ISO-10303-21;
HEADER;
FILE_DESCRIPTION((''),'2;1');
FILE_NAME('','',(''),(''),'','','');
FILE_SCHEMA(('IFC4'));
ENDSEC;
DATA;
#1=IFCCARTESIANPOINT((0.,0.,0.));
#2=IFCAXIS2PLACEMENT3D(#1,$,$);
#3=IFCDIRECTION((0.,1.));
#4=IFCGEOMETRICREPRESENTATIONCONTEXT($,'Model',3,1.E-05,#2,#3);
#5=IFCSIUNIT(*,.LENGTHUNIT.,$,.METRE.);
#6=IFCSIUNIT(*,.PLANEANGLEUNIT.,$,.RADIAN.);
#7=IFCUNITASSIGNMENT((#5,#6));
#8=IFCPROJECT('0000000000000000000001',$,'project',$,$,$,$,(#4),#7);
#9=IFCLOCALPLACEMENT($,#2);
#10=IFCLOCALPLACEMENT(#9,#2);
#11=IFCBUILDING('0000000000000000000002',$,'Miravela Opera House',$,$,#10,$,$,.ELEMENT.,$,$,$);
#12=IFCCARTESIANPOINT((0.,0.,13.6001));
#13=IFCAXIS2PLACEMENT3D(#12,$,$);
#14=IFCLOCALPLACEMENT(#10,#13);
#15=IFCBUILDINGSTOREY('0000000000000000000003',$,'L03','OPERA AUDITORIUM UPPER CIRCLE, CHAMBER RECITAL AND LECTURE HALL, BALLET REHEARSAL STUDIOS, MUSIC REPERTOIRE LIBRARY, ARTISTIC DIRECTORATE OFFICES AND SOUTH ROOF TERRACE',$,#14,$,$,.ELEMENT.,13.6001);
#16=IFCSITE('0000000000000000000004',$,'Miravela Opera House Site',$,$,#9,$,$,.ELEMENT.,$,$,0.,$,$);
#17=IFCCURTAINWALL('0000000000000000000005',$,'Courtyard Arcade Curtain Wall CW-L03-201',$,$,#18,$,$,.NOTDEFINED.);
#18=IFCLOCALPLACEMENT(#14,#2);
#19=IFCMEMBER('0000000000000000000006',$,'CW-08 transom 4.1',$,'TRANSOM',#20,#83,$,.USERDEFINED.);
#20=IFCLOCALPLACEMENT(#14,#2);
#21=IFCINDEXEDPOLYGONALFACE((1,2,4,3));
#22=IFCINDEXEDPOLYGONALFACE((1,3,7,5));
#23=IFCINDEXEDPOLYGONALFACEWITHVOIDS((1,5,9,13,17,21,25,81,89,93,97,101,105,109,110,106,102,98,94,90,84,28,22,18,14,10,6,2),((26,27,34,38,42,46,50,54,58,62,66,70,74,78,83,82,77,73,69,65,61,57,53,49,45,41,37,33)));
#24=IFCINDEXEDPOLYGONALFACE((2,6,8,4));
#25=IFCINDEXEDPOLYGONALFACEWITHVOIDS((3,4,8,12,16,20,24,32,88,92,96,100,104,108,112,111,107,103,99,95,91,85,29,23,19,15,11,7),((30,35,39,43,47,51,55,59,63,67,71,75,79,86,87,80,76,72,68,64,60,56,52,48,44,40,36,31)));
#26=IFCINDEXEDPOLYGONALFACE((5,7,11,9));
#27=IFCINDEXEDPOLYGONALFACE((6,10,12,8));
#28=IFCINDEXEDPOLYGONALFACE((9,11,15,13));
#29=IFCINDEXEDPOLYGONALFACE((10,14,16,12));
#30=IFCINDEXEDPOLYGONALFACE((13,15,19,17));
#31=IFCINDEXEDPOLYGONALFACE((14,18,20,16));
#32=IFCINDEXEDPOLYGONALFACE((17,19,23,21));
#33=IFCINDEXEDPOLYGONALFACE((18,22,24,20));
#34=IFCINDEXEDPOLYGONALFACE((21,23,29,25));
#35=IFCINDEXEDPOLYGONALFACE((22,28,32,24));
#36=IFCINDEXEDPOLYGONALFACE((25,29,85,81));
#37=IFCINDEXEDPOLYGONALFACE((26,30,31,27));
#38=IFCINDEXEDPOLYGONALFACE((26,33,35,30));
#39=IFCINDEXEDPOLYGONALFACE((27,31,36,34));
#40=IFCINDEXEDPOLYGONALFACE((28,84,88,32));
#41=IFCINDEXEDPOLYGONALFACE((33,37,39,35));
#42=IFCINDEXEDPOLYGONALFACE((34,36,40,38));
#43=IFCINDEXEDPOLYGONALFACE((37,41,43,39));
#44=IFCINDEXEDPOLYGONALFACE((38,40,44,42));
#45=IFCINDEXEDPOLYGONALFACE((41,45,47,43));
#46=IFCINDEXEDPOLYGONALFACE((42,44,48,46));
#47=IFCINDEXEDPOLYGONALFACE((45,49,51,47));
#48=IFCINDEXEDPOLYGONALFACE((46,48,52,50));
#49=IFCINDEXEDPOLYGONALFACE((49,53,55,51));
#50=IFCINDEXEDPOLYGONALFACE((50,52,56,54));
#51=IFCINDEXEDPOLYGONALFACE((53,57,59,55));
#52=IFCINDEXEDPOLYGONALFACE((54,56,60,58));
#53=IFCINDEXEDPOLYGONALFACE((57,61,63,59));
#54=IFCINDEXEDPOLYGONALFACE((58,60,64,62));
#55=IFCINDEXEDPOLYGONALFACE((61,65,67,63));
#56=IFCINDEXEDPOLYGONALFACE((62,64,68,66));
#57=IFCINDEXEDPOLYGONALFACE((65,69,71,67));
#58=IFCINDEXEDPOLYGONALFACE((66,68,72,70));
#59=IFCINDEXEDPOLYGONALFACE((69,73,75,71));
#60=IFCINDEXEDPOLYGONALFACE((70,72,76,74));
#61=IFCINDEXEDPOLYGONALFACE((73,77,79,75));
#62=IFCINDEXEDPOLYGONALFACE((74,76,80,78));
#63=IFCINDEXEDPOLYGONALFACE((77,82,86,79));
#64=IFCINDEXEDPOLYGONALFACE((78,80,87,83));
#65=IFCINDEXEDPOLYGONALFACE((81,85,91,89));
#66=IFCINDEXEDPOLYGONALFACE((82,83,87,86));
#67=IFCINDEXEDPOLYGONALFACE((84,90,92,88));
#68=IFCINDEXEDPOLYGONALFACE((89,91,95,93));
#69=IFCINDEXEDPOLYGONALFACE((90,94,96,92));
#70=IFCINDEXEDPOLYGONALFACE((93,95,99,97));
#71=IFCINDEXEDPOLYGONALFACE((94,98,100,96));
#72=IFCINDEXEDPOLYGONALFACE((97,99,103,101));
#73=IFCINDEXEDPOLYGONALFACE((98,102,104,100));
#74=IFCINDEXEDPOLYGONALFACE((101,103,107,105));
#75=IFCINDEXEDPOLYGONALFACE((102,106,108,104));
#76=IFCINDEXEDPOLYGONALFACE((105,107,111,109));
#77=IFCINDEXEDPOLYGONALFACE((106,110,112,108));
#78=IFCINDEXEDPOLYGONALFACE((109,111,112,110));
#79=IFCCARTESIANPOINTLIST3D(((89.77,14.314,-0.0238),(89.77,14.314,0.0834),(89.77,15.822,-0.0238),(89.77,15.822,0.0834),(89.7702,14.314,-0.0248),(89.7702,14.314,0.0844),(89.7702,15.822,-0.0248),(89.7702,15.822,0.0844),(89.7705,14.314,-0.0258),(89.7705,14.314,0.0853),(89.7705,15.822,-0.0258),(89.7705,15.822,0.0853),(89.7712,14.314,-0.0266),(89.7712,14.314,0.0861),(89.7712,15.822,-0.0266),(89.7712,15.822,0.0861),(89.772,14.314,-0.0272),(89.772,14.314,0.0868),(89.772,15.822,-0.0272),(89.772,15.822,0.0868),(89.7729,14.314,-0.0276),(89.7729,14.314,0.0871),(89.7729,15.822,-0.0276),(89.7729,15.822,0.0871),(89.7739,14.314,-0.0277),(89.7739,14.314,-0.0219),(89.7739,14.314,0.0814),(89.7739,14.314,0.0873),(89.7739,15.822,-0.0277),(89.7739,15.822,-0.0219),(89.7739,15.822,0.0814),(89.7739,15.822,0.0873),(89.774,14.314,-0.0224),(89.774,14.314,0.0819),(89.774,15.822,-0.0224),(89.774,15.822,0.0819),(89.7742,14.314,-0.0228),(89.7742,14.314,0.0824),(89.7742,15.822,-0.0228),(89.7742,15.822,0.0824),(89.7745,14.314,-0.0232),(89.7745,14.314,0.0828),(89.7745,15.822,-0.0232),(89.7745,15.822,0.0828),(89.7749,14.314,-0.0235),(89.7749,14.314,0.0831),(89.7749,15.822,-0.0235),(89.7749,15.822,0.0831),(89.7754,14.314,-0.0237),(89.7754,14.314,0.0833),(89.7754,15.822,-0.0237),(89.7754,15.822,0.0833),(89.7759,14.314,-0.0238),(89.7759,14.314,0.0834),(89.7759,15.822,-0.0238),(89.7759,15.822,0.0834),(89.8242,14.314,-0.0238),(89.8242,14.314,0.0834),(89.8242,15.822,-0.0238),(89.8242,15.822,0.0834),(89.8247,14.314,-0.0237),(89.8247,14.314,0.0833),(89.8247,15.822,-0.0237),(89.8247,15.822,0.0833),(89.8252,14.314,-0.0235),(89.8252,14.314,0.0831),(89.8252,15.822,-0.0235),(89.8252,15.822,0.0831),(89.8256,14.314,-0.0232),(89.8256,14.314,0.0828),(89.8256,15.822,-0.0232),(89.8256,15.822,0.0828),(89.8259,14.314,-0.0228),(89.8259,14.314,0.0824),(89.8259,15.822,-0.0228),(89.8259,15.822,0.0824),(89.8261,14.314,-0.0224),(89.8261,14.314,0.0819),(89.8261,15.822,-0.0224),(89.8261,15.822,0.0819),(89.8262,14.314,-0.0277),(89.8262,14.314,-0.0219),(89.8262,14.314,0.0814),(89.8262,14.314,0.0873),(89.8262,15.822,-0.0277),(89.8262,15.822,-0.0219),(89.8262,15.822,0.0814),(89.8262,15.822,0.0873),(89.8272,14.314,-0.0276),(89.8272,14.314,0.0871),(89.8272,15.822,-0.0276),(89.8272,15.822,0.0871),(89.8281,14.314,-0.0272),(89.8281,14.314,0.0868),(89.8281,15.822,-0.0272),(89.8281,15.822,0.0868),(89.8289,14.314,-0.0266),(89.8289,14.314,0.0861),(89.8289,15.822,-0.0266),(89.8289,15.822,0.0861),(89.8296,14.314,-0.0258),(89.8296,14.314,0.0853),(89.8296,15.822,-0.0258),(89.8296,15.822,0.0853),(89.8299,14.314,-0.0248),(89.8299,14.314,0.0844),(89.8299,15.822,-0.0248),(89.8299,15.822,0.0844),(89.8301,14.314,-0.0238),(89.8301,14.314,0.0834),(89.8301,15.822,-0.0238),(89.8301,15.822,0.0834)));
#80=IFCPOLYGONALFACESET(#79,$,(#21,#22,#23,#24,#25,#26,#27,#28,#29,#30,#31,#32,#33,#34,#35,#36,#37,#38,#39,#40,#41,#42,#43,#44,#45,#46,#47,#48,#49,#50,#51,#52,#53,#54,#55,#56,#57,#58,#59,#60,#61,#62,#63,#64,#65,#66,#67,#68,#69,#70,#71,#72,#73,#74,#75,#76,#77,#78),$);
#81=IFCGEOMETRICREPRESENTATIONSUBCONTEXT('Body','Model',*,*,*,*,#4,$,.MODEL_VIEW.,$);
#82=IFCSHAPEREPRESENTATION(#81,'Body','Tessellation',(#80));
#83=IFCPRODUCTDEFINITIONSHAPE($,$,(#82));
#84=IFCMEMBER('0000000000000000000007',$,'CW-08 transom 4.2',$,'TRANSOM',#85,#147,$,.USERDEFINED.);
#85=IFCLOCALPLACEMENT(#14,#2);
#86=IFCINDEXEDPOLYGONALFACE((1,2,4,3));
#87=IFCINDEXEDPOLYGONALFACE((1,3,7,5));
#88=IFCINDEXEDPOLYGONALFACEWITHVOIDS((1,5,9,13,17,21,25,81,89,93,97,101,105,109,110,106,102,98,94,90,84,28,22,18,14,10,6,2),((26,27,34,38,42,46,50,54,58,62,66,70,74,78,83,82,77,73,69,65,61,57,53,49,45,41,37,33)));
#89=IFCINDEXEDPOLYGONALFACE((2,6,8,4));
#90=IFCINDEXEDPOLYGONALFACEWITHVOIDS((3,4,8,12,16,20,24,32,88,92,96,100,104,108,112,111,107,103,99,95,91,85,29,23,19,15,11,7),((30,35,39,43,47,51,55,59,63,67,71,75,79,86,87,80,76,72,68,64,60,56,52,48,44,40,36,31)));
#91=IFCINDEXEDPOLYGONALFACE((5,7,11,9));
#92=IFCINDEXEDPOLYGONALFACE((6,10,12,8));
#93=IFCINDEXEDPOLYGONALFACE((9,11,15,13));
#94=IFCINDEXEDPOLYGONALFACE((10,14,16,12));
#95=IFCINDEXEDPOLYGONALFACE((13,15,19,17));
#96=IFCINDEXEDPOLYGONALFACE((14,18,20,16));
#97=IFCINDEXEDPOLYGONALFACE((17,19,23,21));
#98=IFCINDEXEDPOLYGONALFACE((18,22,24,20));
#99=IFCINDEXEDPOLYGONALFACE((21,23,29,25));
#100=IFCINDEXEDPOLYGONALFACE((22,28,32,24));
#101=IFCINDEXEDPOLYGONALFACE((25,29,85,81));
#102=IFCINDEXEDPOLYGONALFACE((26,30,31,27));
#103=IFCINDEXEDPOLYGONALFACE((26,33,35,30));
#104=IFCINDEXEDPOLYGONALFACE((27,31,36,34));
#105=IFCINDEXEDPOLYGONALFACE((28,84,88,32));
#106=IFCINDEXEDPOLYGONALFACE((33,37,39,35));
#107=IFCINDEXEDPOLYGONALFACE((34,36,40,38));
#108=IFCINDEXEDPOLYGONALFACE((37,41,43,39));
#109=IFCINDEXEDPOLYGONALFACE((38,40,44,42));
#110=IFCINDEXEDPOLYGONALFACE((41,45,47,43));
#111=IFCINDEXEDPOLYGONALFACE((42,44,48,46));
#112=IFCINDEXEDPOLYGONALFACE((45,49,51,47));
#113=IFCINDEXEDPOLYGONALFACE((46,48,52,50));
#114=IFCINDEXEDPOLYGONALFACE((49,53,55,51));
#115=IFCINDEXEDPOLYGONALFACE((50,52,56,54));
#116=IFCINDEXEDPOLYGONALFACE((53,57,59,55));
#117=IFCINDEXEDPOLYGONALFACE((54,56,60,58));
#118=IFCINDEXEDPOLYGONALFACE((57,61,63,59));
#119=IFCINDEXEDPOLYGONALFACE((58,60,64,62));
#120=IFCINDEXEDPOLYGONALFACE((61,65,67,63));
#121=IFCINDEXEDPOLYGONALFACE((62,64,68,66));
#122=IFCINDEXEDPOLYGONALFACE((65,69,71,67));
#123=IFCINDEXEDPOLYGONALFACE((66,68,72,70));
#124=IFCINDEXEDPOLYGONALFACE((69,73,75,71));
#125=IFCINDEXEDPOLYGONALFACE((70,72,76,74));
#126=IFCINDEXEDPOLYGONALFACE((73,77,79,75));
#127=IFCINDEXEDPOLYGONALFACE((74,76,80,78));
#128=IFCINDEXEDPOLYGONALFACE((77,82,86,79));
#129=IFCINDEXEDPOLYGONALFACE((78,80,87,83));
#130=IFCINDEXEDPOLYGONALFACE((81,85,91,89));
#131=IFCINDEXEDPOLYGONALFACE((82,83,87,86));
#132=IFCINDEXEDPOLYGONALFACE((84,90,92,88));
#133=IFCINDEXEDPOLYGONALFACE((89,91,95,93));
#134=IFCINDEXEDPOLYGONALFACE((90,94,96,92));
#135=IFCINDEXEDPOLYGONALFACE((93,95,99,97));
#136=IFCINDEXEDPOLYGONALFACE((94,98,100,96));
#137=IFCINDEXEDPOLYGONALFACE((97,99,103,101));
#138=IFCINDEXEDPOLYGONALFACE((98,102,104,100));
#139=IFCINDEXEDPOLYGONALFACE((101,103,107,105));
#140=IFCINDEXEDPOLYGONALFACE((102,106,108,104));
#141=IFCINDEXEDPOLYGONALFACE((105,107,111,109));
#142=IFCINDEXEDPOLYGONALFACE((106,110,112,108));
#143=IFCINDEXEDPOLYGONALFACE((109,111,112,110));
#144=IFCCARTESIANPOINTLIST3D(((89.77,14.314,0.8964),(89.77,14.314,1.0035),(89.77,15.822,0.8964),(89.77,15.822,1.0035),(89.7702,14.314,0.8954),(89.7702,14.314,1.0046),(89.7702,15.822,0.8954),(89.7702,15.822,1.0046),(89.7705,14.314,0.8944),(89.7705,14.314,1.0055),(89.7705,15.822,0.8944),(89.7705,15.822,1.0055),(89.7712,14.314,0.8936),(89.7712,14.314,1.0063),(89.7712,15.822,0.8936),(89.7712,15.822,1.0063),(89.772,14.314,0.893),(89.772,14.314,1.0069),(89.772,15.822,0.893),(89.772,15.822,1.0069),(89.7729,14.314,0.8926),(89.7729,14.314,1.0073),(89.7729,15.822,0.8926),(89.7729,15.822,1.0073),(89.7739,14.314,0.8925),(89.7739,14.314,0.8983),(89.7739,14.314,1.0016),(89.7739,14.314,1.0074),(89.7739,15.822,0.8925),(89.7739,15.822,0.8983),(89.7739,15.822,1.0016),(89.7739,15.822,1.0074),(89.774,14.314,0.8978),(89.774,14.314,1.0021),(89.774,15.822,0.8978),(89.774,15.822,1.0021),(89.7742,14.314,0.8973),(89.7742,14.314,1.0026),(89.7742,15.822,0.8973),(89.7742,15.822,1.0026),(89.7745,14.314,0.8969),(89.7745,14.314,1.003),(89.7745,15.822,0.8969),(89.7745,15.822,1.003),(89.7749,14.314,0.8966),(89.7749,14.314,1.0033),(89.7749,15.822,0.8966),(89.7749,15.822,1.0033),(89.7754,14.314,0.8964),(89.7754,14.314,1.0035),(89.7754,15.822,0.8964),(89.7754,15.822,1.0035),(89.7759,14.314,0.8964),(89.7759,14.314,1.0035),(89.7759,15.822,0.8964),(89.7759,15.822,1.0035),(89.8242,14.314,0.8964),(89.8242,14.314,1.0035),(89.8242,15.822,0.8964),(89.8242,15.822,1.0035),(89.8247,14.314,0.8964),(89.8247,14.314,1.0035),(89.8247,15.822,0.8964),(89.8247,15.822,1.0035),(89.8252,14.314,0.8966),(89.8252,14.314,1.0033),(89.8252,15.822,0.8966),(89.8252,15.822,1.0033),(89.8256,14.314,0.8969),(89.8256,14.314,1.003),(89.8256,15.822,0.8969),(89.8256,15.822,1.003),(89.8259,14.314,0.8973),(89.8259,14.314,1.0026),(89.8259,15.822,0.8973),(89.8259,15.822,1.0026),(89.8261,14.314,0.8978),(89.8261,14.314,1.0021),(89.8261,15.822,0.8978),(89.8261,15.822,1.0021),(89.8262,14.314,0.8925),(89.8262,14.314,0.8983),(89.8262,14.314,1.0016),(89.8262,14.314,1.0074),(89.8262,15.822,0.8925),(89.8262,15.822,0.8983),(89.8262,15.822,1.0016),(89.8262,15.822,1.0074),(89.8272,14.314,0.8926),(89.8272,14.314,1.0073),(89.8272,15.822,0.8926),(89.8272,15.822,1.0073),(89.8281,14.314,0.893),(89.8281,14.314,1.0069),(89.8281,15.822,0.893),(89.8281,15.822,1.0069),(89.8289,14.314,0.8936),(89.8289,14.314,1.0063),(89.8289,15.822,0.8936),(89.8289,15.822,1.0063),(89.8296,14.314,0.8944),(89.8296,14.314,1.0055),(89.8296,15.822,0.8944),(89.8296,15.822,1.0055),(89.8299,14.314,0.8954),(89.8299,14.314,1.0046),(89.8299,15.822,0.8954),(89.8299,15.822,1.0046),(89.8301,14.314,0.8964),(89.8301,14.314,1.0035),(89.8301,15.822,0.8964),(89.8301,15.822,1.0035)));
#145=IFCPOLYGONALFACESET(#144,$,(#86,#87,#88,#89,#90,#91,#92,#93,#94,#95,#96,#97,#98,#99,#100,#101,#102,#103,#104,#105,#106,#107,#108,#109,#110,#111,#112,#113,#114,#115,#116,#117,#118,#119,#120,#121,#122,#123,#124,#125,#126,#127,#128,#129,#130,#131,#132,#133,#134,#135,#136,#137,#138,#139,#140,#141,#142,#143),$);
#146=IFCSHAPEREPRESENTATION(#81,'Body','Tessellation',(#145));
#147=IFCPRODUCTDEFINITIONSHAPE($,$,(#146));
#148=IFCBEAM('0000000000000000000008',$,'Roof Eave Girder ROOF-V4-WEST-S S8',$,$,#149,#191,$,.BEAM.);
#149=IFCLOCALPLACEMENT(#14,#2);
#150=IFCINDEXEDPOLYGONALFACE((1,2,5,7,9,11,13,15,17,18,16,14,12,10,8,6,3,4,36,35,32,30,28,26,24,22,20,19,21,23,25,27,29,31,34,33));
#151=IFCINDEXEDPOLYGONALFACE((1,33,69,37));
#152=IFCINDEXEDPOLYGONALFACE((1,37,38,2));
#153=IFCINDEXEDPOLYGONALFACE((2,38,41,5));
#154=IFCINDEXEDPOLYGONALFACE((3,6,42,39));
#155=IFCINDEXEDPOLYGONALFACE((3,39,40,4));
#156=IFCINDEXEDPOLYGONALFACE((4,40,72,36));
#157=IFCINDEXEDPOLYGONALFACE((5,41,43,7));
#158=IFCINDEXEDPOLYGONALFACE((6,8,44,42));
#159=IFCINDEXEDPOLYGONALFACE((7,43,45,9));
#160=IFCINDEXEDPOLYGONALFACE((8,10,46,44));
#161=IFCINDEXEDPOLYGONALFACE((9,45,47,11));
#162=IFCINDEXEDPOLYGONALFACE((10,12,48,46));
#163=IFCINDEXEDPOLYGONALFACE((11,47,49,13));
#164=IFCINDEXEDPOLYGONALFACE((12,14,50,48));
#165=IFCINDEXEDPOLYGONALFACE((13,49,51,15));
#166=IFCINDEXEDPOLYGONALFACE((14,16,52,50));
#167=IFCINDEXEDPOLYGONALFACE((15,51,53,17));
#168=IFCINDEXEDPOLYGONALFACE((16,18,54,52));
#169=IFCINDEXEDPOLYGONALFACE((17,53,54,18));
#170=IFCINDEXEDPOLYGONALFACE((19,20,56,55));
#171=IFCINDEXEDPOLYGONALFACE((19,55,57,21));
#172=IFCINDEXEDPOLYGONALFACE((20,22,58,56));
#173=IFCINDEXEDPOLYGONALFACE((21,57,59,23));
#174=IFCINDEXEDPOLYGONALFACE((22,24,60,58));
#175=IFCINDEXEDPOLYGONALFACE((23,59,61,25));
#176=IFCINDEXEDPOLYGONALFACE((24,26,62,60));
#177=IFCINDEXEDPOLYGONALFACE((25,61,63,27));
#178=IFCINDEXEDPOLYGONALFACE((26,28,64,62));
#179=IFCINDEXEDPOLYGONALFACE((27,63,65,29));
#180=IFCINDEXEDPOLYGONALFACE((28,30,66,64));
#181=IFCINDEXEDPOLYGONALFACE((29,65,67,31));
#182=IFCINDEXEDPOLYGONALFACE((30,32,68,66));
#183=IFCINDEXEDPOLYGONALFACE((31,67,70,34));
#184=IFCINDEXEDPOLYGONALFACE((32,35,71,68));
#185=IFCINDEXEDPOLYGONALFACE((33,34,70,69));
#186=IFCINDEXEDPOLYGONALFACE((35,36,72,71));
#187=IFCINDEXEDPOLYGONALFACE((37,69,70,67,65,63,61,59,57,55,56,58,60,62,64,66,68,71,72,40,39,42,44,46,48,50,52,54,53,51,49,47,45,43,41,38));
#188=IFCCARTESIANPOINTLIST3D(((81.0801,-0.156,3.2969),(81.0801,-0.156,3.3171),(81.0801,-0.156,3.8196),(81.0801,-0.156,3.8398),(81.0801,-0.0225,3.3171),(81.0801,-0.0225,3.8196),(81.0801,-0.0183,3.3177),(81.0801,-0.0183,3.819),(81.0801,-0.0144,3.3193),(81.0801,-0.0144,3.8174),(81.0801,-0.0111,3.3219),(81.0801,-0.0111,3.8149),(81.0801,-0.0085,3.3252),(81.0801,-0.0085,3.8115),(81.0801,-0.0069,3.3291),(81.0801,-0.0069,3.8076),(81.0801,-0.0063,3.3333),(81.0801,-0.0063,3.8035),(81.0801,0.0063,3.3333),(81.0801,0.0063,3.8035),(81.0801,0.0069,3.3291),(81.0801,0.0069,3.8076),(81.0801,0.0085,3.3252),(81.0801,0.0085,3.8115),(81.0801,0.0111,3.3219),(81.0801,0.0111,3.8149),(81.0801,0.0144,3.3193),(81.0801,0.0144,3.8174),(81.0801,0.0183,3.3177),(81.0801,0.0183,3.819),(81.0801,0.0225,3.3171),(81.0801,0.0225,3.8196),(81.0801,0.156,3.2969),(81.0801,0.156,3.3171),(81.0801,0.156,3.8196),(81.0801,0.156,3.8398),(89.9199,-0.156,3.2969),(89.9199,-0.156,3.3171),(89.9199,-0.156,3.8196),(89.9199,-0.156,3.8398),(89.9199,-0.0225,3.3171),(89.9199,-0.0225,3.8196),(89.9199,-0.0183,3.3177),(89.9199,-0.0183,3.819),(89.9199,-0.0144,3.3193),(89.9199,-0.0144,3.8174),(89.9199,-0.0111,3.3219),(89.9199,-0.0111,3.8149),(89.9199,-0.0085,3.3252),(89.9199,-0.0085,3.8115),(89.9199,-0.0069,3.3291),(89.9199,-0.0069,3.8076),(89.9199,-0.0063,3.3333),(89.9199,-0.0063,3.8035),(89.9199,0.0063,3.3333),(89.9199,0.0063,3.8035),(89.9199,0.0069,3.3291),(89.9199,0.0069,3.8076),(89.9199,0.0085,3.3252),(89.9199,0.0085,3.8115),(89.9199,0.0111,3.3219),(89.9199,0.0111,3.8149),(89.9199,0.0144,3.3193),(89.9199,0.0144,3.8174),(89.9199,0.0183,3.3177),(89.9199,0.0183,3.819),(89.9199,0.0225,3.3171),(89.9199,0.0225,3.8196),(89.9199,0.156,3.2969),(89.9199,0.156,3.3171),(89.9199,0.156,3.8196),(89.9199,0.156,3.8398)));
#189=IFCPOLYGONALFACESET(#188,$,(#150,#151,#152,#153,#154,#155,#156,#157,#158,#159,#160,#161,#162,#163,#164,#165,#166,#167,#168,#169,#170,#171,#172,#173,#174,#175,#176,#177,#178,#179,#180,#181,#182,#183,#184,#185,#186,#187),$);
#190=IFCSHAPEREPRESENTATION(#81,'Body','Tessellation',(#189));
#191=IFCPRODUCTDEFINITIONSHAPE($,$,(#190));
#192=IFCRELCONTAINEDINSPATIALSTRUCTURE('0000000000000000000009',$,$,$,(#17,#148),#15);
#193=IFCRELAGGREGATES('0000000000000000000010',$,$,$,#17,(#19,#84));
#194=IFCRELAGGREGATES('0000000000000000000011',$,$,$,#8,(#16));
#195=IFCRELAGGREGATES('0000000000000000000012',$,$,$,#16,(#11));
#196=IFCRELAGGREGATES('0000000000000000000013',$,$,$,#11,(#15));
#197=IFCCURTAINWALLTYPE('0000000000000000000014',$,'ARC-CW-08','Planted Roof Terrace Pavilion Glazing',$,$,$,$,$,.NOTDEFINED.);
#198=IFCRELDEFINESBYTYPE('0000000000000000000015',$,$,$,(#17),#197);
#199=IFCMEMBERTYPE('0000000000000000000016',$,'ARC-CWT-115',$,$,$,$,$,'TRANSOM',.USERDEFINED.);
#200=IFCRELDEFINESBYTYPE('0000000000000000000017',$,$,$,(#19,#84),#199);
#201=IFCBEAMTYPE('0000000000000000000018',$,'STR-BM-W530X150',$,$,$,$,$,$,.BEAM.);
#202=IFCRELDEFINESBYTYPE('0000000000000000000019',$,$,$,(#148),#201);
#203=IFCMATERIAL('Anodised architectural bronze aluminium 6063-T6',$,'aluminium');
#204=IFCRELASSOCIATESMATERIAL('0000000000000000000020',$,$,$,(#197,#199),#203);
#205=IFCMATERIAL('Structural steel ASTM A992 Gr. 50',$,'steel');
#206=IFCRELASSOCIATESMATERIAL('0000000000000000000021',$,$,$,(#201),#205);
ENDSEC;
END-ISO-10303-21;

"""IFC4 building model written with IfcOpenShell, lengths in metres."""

from ifc_helpers import new_model, si_unit, direction, frame, origin, origin_2d, place, context, subcontext, project, spatial, hollow_rectangle, i_section, extrude, material, material_profile, profile_set, type_object, element, aggregate, save


model = new_model("IFC4")

# Units and contexts
model_context = context("Model", 3, precision=1e-05, world=origin(), true_north=direction((0.0, 1.0)))
body_context = subcontext(model_context, "Body", "Model", "MODEL_VIEW")
ifc_project = project(units=[si_unit("LENGTHUNIT", "METRE"), si_unit("PLANEANGLEUNIT", "RADIAN")], contexts=[model_context])

# Site, building, storey
site_placement = place(None, origin())
site = spatial("IfcSite", under=ifc_project, at=site_placement, Name="Miravela Opera House Site", CompositionType="ELEMENT", RefElevation=0.0)
building_placement = place(site_placement, origin())
building = spatial("IfcBuilding", under=site, at=building_placement, Name="Miravela Opera House", CompositionType="ELEMENT")
storey_placement = place(building_placement, frame((0.0, 0.0, 13.6001)))
storey = spatial("IfcBuildingStorey", under=building, at=storey_placement, Name="L03", Description="OPERA AUDITORIUM UPPER CIRCLE, CHAMBER RECITAL AND LECTURE HALL, BALLET REHEARSAL STUDIOS, MUSIC REPERTOIRE LIBRARY, ARTISTIC DIRECTORATE OFFICES AND SOUTH ROOF TERRACE", CompositionType="ELEMENT", Elevation=13.6001)

# Curtain wall, members
ifc_material_1 = material(Name="Anodised architectural bronze aluminium 6063-T6", Category="aluminium")
curtain_wall_type = type_object("IfcCurtainWallType", Name="ARC-CW-08", Description="Planted Roof Terrace Pavilion Glazing", PredefinedType="NOTDEFINED", material=ifc_material_1)
curtain_wall_placement = place(storey_placement, origin())
curtain_wall = element("IfcCurtainWall", 1, at=curtain_wall_placement, inside=storey, type_object=curtain_wall_type, Name="Courtyard Arcade Curtain Wall CW-L03-201", PredefinedType="NOTDEFINED")
ifc_material_profile_1 = material_profile(ifc_material_1, hollow_rectangle(XDim=0.0601, YDim=0.115, WallThickness=0.0039, InnerFilletRadius=0.002, OuterFilletRadius=0.0039, at=origin_2d()), Name="CWT-60X115")
ifc_profile_set_1 = profile_set([ifc_material_profile_1])
member_type_1 = type_object("IfcMemberType", Name="ARC-CWT-115", ElementType="TRANSOM", PredefinedType="USERDEFINED", material=ifc_profile_set_1)
member_1_placement = place(storey_placement, frame((89.8, 14.314, 0.0298), z_axis=(0.0, 1.0, 0.0), x_axis=(-1.0, 0.0, 0.0)))
member_1 = element("IfcMember", 2, at=member_1_placement, type_object=member_type_1, Name="CW-08 transom 4.1", ObjectType="TRANSOM", PredefinedType="USERDEFINED", context=body_context, shape_type="SweptSolid", body=[
    extrude(hollow_rectangle(XDim=0.0601, YDim=0.115, WallThickness=0.0039, InnerFilletRadius=0.002, OuterFilletRadius=0.0039, at=origin_2d()), origin(), (0.0, 0.0, 1.0), 1.5081),
])
member_2_placement = place(storey_placement, frame((89.8, 14.314, 0.95), z_axis=(0.0, 1.0, 0.0), x_axis=(-1.0, 0.0, 0.0)))
member_2 = element("IfcMember", 3, at=member_2_placement, type_object=member_type_1, Name="CW-08 transom 4.2", ObjectType="TRANSOM", PredefinedType="USERDEFINED", context=body_context, shape_type="SweptSolid", body=[
    extrude(hollow_rectangle(XDim=0.0601, YDim=0.115, WallThickness=0.0039, InnerFilletRadius=0.002, OuterFilletRadius=0.0039, at=origin_2d()), origin(), (0.0, 0.0, 1.0), 1.5081),
])

# Beam
ifc_material_2 = material(Name="Structural steel ASTM A992 Gr. 50", Category="steel")
ifc_material_profile_2 = material_profile(ifc_material_2, i_section(OverallWidth=0.312, OverallDepth=0.543, WebThickness=0.0127, FlangeThickness=0.0203, FilletRadius=0.0161, at=origin_2d()), Name="W530X150")
ifc_profile_set_2 = profile_set([ifc_material_profile_2])
beam_type_1 = type_object("IfcBeamType", Name="STR-BM-W530X150", PredefinedType="BEAM", material=ifc_profile_set_2)
for number, where, z_axis, x_axis, name in (
    (4, (81.0801, 0.0, 3.5684), (1.0, 0.0, 0.0), (0.0, 1.0, 0.0), "Roof Eave Girder ROOF-V4-WEST-S S8"),
):
    element("IfcBeam", number, at=place(storey_placement, frame(where, z_axis=z_axis, x_axis=x_axis)), inside=storey, type_object=beam_type_1, Name=name, PredefinedType="BEAM", context=body_context, shape_type="SweptSolid", body=[
        extrude(i_section(OverallWidth=0.312, OverallDepth=0.543, WebThickness=0.0127, FlangeThickness=0.0203, FilletRadius=0.0161, at=origin_2d()), origin(), (0.0, 0.0, 1.0), 8.8398),
    ])

aggregate(curtain_wall, [member_1, member_2])

save(model, "model.ifc")
